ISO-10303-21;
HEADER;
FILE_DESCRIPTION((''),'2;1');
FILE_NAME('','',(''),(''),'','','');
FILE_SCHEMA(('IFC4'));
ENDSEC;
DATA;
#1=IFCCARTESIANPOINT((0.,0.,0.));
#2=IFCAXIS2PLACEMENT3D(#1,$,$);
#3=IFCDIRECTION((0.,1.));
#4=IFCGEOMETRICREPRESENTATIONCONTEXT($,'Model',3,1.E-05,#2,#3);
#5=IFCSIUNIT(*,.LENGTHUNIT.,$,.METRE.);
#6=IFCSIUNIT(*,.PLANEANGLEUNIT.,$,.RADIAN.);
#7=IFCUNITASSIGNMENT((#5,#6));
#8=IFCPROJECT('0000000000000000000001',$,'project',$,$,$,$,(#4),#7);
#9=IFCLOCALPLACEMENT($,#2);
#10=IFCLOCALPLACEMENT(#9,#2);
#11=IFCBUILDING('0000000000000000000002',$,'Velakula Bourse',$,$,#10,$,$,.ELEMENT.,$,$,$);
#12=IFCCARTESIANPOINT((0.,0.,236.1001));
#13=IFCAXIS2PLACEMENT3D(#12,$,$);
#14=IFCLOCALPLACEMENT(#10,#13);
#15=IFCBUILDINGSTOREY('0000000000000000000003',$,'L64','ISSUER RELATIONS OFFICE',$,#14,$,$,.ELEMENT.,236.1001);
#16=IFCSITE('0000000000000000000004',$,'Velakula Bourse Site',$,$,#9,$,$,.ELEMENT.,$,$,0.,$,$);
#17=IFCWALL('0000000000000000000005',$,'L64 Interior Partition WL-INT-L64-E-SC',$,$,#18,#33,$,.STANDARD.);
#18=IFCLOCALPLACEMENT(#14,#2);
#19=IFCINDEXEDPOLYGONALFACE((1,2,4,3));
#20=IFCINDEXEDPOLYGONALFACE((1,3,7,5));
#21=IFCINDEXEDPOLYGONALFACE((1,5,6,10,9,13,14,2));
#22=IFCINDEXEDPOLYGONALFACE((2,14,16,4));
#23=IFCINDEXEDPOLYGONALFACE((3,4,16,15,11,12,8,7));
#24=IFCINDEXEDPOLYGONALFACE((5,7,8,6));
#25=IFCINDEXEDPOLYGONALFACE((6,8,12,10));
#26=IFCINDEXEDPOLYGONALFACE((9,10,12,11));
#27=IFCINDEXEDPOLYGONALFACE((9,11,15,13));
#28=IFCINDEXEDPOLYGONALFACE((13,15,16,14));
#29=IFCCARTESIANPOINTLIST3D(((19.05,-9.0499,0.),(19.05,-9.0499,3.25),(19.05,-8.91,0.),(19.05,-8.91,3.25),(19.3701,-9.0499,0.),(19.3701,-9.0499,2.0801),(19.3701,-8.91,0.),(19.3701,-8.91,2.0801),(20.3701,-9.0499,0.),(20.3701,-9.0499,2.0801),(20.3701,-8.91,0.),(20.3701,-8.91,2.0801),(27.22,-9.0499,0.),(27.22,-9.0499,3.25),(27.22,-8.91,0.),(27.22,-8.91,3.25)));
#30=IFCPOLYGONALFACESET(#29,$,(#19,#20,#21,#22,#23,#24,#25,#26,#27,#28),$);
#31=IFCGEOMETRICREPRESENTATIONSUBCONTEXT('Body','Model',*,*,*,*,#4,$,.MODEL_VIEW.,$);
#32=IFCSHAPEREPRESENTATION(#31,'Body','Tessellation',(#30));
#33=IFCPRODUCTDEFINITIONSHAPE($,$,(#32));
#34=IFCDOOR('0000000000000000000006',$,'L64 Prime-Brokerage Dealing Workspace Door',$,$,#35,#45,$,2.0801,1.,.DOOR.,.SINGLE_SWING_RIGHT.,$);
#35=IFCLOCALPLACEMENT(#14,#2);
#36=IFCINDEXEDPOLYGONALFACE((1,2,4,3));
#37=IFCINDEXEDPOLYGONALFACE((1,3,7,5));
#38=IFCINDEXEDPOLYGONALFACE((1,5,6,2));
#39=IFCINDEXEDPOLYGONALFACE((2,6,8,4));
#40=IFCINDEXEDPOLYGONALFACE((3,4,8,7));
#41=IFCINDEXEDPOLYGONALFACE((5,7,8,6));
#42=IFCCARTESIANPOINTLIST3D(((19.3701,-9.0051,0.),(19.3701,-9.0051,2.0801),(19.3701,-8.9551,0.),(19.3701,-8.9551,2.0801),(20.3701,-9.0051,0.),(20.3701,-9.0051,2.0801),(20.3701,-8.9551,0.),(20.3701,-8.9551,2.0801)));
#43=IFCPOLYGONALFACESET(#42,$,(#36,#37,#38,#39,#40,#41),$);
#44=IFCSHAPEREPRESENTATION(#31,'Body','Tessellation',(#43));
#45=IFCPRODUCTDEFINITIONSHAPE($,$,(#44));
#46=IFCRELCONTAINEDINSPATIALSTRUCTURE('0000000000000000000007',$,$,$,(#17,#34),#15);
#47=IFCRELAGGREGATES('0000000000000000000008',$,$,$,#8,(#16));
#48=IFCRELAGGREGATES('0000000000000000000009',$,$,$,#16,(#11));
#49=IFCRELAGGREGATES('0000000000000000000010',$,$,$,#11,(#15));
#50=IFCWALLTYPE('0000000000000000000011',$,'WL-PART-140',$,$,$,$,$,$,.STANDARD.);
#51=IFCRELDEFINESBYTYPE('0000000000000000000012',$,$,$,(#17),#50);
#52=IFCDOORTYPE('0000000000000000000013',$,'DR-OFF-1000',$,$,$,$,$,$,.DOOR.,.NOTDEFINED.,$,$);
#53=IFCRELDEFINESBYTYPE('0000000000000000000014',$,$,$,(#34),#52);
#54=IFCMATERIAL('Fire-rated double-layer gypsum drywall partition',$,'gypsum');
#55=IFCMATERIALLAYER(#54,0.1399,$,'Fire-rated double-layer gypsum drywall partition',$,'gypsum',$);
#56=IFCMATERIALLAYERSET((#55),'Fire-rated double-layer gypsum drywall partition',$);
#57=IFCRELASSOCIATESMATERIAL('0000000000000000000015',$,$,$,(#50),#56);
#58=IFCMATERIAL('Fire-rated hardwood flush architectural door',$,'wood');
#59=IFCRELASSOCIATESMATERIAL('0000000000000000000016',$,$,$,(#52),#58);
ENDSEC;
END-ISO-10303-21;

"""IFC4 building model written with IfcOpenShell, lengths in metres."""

from ifc_helpers import new_model, si_unit, direction, frame, frame_2d, origin, place, context, subcontext, project, spatial, rectangle, extrude, material, layer, layer_set, type_object, element, fill, save


model = new_model("IFC4")

# Units and contexts
model_context = context("Model", 3, precision=1e-05, world=origin(), true_north=direction((0.0, 1.0)))
body_context = subcontext(model_context, "Body", "Model", "MODEL_VIEW")
ifc_project = project(units=[si_unit("LENGTHUNIT", "METRE"), si_unit("PLANEANGLEUNIT", "RADIAN")], contexts=[model_context])

# Site, building, storey
site_placement = place(None, origin())
site = spatial("IfcSite", under=ifc_project, at=site_placement, Name="Velakula Bourse Site", CompositionType="ELEMENT", RefElevation=0.0)
building_placement = place(site_placement, origin())
building = spatial("IfcBuilding", under=site, at=building_placement, Name="Velakula Bourse", CompositionType="ELEMENT")
storey_placement = place(building_placement, frame((0.0, 0.0, 236.1001)))
storey = spatial("IfcBuildingStorey", under=building, at=storey_placement, Name="L64", Description="ISSUER RELATIONS OFFICE", CompositionType="ELEMENT", Elevation=236.1001)

# Shared definitions
ifc_material_1 = material(Name="Fire-rated double-layer gypsum drywall partition", Category="gypsum")

# Wall, opening, door
ifc_layer_1 = layer(ifc_material_1, 0.1399, Name="Fire-rated double-layer gypsum drywall partition", Category="gypsum")
ifc_layer_set_1 = layer_set([ifc_layer_1], Name="Fire-rated double-layer gypsum drywall partition")
wall_type_1 = type_object("IfcWallType", Name="WL-PART-140", PredefinedType="STANDARD", material=ifc_layer_set_1)
wall_1_placement = place(storey_placement, frame((19.05, -8.98, 0.0), z_axis=(0.0, 0.0, 1.0), x_axis=(1.0, 0.0, 0.0)))
wall_1 = element("IfcWall", 1, at=wall_1_placement, inside=storey, type_object=wall_type_1, Name="L64 Interior Partition WL-INT-L64-E-SC", PredefinedType="STANDARD", context=body_context, shape_type="SweptSolid", body=[
    extrude(rectangle(XDim=8.1699, YDim=0.1399, at=frame_2d((4.085, 0.0))), origin(), (0.0, 0.0, 1.0), 3.25),
])
opening_placement = place(wall_1_placement, frame((0.3201, 0.0, 0.0)))
opening = element("IfcOpeningElement", 2, at=opening_placement, cuts=wall_1, PredefinedType="OPENING", context=body_context, shape_type="SweptSolid", body=[
    extrude(rectangle(XDim=1.0, YDim=2.0801, at=frame_2d((0.5, 1.04))), frame((0.0, 0.0798, 0.0), z_axis=(0.0, -1.0, 0.0), x_axis=(1.0, 0.0, 0.0)), (0.0, 0.0, 1.0), 0.1599),
])
ifc_material_2 = material(Name="Fire-rated hardwood flush architectural door", Category="wood")
door_type = type_object("IfcDoorType", Name="DR-OFF-1000", OperationType="NOTDEFINED", PredefinedType="DOOR", material=ifc_material_2)
door_placement = place(opening_placement, origin())
door = element("IfcDoor", 3, at=door_placement, inside=storey, type_object=door_type, Name="L64 Prime-Brokerage Dealing Workspace Door", OperationType="SINGLE_SWING_RIGHT", OverallHeight=2.0801, OverallWidth=1.0, PredefinedType="DOOR", context=body_context, shape_type="SweptSolid", body=[
    extrude(rectangle(XDim=1.0, YDim=2.0801, at=frame_2d((0.5, 1.04))), frame((0.0, 0.0249, 0.0), z_axis=(0.0, -1.0, 0.0), x_axis=(1.0, 0.0, 0.0)), (0.0, 0.0, 1.0), 0.05),
])
fill(opening, door)

save(model, "model.ifc")
